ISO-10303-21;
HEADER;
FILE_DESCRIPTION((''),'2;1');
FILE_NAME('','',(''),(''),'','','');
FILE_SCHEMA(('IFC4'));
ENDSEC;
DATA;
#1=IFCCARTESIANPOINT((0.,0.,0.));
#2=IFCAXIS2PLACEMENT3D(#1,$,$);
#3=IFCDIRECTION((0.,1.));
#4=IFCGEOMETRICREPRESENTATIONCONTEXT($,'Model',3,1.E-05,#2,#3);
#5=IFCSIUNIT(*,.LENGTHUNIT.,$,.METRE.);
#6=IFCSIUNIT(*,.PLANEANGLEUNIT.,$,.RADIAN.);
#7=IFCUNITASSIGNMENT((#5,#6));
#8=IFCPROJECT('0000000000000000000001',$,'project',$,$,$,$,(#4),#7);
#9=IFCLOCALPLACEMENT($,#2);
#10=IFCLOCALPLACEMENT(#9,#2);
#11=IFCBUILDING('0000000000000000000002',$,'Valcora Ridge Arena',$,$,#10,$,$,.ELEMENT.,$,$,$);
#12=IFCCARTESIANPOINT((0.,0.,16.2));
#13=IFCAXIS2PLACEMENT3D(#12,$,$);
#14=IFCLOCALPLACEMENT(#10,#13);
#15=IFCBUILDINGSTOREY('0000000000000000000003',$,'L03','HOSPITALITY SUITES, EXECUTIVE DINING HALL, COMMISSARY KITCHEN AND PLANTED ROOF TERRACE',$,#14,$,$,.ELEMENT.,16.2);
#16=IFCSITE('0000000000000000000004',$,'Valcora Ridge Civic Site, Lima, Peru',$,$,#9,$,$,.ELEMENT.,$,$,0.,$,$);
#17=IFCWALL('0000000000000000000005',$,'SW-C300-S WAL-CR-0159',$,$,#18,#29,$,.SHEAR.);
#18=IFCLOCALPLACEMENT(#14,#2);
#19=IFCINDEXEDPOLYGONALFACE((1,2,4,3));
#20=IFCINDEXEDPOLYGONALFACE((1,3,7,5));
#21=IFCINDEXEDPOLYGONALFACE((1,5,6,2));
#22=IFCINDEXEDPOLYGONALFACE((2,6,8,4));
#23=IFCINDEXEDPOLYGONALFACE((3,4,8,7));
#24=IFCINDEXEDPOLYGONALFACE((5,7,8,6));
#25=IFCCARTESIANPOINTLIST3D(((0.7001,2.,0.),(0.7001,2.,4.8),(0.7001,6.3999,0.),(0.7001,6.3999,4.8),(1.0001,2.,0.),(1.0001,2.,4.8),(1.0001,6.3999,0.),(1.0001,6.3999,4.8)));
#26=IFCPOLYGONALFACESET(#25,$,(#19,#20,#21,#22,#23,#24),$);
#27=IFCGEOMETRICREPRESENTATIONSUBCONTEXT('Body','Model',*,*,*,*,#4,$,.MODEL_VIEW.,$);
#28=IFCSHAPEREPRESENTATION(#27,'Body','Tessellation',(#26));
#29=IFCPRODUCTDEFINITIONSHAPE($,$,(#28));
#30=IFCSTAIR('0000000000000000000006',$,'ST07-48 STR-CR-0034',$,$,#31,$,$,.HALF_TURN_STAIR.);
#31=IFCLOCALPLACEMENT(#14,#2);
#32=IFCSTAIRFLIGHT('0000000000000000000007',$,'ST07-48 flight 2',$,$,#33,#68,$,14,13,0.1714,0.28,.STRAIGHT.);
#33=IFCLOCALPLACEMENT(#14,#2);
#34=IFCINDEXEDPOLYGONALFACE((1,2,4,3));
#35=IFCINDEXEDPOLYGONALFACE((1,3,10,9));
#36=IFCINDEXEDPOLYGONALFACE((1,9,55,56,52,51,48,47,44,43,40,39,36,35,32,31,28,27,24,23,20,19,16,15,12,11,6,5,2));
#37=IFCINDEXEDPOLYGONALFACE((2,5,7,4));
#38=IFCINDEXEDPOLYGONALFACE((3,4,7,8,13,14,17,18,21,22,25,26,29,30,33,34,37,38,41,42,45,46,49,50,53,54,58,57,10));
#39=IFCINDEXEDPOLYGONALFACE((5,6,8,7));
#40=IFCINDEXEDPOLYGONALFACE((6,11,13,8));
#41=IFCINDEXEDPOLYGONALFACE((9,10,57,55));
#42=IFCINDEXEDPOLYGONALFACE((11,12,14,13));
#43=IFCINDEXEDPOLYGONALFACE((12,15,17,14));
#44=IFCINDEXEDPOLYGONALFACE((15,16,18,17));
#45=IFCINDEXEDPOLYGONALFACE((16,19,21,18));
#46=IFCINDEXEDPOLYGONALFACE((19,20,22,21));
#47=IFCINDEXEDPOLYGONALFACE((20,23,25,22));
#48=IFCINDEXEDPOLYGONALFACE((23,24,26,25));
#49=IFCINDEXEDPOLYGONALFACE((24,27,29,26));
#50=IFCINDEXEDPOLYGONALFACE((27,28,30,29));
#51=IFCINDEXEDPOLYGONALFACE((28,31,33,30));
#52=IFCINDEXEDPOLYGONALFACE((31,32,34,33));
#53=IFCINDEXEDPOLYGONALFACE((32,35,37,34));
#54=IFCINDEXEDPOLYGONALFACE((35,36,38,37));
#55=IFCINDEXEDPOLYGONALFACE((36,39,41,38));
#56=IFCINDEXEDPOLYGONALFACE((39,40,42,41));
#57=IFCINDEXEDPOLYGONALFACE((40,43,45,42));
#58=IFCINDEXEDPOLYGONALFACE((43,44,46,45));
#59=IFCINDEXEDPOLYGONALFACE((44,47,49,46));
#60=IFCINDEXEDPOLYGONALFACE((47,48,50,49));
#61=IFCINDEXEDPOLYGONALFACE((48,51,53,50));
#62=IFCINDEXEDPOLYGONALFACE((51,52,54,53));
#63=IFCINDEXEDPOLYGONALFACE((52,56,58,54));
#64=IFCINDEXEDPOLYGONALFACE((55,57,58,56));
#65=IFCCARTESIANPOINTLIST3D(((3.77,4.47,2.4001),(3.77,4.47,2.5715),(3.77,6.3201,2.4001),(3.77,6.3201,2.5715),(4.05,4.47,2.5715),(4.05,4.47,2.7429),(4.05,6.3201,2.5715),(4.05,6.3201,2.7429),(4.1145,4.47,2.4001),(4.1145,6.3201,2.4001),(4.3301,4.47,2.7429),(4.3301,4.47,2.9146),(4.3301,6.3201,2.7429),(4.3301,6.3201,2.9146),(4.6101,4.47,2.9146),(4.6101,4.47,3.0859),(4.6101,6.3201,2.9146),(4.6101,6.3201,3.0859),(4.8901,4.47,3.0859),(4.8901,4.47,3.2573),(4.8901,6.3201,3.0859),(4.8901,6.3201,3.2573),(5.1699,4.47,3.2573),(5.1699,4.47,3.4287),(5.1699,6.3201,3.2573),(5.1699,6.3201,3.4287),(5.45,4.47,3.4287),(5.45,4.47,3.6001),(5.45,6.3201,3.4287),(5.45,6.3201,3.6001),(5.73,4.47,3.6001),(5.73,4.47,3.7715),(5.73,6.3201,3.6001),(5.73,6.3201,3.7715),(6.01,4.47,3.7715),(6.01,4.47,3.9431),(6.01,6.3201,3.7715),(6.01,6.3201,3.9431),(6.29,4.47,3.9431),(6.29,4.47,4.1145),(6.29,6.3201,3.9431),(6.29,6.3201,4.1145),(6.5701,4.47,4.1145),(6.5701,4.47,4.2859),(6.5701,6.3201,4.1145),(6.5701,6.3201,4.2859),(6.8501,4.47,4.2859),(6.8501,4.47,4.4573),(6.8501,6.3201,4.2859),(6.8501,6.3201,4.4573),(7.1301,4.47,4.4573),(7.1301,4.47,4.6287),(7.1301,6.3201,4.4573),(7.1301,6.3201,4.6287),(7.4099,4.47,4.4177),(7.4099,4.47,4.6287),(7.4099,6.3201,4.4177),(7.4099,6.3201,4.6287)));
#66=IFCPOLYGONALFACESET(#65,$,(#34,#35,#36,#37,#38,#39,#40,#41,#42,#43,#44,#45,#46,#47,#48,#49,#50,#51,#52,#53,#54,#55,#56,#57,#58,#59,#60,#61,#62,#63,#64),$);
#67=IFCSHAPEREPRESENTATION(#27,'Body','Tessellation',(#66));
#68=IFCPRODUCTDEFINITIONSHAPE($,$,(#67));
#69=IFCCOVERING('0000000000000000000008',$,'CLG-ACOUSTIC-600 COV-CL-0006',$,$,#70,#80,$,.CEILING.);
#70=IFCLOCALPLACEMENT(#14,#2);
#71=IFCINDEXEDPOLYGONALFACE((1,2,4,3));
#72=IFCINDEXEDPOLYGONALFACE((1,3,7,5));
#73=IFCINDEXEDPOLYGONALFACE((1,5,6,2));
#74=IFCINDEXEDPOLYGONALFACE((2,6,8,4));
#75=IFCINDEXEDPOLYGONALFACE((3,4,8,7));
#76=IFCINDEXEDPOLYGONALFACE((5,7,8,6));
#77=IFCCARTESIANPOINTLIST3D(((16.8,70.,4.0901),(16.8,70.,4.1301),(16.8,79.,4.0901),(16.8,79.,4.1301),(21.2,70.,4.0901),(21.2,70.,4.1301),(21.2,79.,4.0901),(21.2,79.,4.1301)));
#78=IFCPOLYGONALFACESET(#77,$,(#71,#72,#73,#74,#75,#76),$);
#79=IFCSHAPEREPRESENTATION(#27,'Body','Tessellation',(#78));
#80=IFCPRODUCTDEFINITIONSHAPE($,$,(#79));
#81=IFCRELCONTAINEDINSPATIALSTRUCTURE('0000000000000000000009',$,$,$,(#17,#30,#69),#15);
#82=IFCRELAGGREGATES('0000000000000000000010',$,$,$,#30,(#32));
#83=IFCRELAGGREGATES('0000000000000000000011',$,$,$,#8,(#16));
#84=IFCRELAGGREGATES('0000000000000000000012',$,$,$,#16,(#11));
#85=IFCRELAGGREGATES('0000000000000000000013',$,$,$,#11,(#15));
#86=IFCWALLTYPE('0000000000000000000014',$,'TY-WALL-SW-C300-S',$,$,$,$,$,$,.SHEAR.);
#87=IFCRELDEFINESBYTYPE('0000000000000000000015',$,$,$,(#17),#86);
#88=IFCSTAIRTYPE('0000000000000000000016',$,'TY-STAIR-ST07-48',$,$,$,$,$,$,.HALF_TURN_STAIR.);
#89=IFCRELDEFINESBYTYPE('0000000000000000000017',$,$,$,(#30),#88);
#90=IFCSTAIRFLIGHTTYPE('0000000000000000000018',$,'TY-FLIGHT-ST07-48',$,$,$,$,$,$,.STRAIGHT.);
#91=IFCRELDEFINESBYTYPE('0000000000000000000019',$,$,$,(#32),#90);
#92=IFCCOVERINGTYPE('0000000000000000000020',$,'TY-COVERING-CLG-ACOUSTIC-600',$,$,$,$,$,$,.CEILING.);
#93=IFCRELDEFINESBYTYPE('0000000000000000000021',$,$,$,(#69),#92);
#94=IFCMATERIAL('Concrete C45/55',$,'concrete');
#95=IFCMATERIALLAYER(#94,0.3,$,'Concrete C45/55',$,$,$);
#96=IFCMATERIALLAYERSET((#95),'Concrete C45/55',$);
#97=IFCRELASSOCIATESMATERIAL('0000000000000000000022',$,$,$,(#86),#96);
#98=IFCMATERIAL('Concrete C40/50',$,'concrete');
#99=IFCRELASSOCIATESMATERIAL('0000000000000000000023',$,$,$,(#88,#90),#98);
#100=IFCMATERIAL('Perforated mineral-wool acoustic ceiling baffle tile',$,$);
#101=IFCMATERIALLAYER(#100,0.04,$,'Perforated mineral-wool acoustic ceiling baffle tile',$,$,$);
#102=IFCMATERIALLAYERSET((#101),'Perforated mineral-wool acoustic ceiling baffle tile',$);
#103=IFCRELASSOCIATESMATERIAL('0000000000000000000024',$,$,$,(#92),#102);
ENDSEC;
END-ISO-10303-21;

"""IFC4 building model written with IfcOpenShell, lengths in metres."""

from ifc_helpers import new_model, si_unit, direction, frame, frame_2d, origin, place, context, subcontext, project, spatial, polyline, rectangle, outline, extrude, material, layer, layer_set, type_object, element, aggregate, save


model = new_model("IFC4")

# Units and contexts
model_context = context("Model", 3, precision=1e-05, world=origin(), true_north=direction((0.0, 1.0)))
body_context = subcontext(model_context, "Body", "Model", "MODEL_VIEW")
ifc_project = project(units=[si_unit("LENGTHUNIT", "METRE"), si_unit("PLANEANGLEUNIT", "RADIAN")], contexts=[model_context])

# Site, building, storey
site_placement = place(None, origin())
site = spatial("IfcSite", under=ifc_project, at=site_placement, Name="Valcora Ridge Civic Site, Lima, Peru", CompositionType="ELEMENT", RefElevation=0.0)
building_placement = place(site_placement, origin())
building = spatial("IfcBuilding", under=site, at=building_placement, Name="Valcora Ridge Arena", CompositionType="ELEMENT")
storey_placement = place(building_placement, frame((0.0, 0.0, 16.2)))
storey = spatial("IfcBuildingStorey", under=building, at=storey_placement, Name="L03", Description="HOSPITALITY SUITES, EXECUTIVE DINING HALL, COMMISSARY KITCHEN AND PLANTED ROOF TERRACE", CompositionType="ELEMENT", Elevation=16.2)

# Shared definitions
ifc_material_1 = material(Name="Concrete C40/50", Category="concrete")

# Wall
ifc_material_2 = material(Name="Concrete C45/55", Category="concrete")
ifc_layer_1 = layer(ifc_material_2, 0.3, Name="Concrete C45/55")
ifc_layer_set_1 = layer_set([ifc_layer_1], Name="Concrete C45/55")
wall_type_1 = type_object("IfcWallType", Name="TY-WALL-SW-C300-S", PredefinedType="SHEAR", material=ifc_layer_set_1)
wall_1_placement = place(storey_placement, frame((0.8501, 2.0, 0.0), z_axis=(0.0, 0.0, 1.0), x_axis=(0.0, 1.0, 0.0)))
element("IfcWall", 1, at=wall_1_placement, inside=storey, type_object=wall_type_1, Name="SW-C300-S WAL-CR-0159", PredefinedType="SHEAR", context=body_context, shape_type="SweptSolid", body=[
    extrude(rectangle(XDim=4.3999, YDim=0.3, at=frame_2d((2.2, 0.0))), origin(), (0.0, 0.0, 1.0), 4.8),
])

# Stair, stair flight
stair_type = type_object("IfcStairType", Name="TY-STAIR-ST07-48", PredefinedType="HALF_TURN_STAIR", material=ifc_material_1)
stair_placement = place(storey_placement, origin())
stair = element("IfcStair", 2, at=stair_placement, inside=storey, type_object=stair_type, Name="ST07-48 STR-CR-0034", PredefinedType="HALF_TURN_STAIR")
stair_flight_type = type_object("IfcStairFlightType", Name="TY-FLIGHT-ST07-48", PredefinedType="STRAIGHT", material=ifc_material_1)
stair_flight_placement = place(storey_placement, frame((3.77, 5.395, 2.4001), z_axis=(0.0, 0.0, 1.0), x_axis=(1.0, 0.0, 0.0)))
stair_flight = element("IfcStairFlight", 3, at=stair_flight_placement, type_object=stair_flight_type, Name="ST07-48 flight 2", NumberOfRisers=14, NumberOfTreads=13, PredefinedType="STRAIGHT", RiserHeight=0.1714, TreadLength=0.28, context=body_context, shape_type="SweptSolid", body=[
    extrude(outline(polyline([(0.0, 0.0), (0.0, 0.1714), (0.28, 0.1714), (0.28, 0.3428), (0.5601, 0.3428), (0.5601, 0.5144), (0.8401, 0.5144), (0.8401, 0.6858), (1.1201, 0.6858), (1.1201, 0.8572), (1.3999, 0.8572), (1.3999, 1.0286), (1.6799, 1.0286), (1.6799, 1.2), (1.96, 1.2), (1.96, 1.3713), (2.24, 1.3713), (2.24, 1.543), (2.52, 1.543), (2.52, 1.7144), (2.8, 1.7144), (2.8, 1.8857), (3.0801, 1.8857), (3.0801, 2.0571), (3.3601, 2.0571), (3.3601, 2.2285), (3.6399, 2.2285), (3.6399, 2.3999), (3.6399, 2.0176), (0.3445, 0.0), (0.0, 0.0)])), frame((0.0, 0.925, 0.0), z_axis=(0.0, -1.0, 0.0), x_axis=(1.0, 0.0, 0.0)), (0.0, 0.0, 1.0), 1.8501),
])
aggregate(stair, [stair_flight])

# Covering
ifc_material_3 = material(Name="Perforated mineral-wool acoustic ceiling baffle tile")
ifc_layer_2 = layer(ifc_material_3, 0.04, Name="Perforated mineral-wool acoustic ceiling baffle tile")
ifc_layer_set_2 = layer_set([ifc_layer_2], Name="Perforated mineral-wool acoustic ceiling baffle tile")
covering_type = type_object("IfcCoveringType", Name="TY-COVERING-CLG-ACOUSTIC-600", PredefinedType="CEILING", material=ifc_layer_set_2)
covering_placement = place(storey_placement, frame((0.0, 0.0, 4.0901)))
element("IfcCovering", 4, at=covering_placement, inside=storey, type_object=covering_type, Name="CLG-ACOUSTIC-600 COV-CL-0006", PredefinedType="CEILING", context=body_context, shape_type="SweptSolid", body=[
    extrude(outline(polyline([(16.8, 70.0), (21.2, 70.0), (21.2, 79.0), (16.8, 79.0), (16.8, 70.0)])), origin(), (0.0, 0.0, 1.0), 0.04),
])

save(model, "model.ifc")
